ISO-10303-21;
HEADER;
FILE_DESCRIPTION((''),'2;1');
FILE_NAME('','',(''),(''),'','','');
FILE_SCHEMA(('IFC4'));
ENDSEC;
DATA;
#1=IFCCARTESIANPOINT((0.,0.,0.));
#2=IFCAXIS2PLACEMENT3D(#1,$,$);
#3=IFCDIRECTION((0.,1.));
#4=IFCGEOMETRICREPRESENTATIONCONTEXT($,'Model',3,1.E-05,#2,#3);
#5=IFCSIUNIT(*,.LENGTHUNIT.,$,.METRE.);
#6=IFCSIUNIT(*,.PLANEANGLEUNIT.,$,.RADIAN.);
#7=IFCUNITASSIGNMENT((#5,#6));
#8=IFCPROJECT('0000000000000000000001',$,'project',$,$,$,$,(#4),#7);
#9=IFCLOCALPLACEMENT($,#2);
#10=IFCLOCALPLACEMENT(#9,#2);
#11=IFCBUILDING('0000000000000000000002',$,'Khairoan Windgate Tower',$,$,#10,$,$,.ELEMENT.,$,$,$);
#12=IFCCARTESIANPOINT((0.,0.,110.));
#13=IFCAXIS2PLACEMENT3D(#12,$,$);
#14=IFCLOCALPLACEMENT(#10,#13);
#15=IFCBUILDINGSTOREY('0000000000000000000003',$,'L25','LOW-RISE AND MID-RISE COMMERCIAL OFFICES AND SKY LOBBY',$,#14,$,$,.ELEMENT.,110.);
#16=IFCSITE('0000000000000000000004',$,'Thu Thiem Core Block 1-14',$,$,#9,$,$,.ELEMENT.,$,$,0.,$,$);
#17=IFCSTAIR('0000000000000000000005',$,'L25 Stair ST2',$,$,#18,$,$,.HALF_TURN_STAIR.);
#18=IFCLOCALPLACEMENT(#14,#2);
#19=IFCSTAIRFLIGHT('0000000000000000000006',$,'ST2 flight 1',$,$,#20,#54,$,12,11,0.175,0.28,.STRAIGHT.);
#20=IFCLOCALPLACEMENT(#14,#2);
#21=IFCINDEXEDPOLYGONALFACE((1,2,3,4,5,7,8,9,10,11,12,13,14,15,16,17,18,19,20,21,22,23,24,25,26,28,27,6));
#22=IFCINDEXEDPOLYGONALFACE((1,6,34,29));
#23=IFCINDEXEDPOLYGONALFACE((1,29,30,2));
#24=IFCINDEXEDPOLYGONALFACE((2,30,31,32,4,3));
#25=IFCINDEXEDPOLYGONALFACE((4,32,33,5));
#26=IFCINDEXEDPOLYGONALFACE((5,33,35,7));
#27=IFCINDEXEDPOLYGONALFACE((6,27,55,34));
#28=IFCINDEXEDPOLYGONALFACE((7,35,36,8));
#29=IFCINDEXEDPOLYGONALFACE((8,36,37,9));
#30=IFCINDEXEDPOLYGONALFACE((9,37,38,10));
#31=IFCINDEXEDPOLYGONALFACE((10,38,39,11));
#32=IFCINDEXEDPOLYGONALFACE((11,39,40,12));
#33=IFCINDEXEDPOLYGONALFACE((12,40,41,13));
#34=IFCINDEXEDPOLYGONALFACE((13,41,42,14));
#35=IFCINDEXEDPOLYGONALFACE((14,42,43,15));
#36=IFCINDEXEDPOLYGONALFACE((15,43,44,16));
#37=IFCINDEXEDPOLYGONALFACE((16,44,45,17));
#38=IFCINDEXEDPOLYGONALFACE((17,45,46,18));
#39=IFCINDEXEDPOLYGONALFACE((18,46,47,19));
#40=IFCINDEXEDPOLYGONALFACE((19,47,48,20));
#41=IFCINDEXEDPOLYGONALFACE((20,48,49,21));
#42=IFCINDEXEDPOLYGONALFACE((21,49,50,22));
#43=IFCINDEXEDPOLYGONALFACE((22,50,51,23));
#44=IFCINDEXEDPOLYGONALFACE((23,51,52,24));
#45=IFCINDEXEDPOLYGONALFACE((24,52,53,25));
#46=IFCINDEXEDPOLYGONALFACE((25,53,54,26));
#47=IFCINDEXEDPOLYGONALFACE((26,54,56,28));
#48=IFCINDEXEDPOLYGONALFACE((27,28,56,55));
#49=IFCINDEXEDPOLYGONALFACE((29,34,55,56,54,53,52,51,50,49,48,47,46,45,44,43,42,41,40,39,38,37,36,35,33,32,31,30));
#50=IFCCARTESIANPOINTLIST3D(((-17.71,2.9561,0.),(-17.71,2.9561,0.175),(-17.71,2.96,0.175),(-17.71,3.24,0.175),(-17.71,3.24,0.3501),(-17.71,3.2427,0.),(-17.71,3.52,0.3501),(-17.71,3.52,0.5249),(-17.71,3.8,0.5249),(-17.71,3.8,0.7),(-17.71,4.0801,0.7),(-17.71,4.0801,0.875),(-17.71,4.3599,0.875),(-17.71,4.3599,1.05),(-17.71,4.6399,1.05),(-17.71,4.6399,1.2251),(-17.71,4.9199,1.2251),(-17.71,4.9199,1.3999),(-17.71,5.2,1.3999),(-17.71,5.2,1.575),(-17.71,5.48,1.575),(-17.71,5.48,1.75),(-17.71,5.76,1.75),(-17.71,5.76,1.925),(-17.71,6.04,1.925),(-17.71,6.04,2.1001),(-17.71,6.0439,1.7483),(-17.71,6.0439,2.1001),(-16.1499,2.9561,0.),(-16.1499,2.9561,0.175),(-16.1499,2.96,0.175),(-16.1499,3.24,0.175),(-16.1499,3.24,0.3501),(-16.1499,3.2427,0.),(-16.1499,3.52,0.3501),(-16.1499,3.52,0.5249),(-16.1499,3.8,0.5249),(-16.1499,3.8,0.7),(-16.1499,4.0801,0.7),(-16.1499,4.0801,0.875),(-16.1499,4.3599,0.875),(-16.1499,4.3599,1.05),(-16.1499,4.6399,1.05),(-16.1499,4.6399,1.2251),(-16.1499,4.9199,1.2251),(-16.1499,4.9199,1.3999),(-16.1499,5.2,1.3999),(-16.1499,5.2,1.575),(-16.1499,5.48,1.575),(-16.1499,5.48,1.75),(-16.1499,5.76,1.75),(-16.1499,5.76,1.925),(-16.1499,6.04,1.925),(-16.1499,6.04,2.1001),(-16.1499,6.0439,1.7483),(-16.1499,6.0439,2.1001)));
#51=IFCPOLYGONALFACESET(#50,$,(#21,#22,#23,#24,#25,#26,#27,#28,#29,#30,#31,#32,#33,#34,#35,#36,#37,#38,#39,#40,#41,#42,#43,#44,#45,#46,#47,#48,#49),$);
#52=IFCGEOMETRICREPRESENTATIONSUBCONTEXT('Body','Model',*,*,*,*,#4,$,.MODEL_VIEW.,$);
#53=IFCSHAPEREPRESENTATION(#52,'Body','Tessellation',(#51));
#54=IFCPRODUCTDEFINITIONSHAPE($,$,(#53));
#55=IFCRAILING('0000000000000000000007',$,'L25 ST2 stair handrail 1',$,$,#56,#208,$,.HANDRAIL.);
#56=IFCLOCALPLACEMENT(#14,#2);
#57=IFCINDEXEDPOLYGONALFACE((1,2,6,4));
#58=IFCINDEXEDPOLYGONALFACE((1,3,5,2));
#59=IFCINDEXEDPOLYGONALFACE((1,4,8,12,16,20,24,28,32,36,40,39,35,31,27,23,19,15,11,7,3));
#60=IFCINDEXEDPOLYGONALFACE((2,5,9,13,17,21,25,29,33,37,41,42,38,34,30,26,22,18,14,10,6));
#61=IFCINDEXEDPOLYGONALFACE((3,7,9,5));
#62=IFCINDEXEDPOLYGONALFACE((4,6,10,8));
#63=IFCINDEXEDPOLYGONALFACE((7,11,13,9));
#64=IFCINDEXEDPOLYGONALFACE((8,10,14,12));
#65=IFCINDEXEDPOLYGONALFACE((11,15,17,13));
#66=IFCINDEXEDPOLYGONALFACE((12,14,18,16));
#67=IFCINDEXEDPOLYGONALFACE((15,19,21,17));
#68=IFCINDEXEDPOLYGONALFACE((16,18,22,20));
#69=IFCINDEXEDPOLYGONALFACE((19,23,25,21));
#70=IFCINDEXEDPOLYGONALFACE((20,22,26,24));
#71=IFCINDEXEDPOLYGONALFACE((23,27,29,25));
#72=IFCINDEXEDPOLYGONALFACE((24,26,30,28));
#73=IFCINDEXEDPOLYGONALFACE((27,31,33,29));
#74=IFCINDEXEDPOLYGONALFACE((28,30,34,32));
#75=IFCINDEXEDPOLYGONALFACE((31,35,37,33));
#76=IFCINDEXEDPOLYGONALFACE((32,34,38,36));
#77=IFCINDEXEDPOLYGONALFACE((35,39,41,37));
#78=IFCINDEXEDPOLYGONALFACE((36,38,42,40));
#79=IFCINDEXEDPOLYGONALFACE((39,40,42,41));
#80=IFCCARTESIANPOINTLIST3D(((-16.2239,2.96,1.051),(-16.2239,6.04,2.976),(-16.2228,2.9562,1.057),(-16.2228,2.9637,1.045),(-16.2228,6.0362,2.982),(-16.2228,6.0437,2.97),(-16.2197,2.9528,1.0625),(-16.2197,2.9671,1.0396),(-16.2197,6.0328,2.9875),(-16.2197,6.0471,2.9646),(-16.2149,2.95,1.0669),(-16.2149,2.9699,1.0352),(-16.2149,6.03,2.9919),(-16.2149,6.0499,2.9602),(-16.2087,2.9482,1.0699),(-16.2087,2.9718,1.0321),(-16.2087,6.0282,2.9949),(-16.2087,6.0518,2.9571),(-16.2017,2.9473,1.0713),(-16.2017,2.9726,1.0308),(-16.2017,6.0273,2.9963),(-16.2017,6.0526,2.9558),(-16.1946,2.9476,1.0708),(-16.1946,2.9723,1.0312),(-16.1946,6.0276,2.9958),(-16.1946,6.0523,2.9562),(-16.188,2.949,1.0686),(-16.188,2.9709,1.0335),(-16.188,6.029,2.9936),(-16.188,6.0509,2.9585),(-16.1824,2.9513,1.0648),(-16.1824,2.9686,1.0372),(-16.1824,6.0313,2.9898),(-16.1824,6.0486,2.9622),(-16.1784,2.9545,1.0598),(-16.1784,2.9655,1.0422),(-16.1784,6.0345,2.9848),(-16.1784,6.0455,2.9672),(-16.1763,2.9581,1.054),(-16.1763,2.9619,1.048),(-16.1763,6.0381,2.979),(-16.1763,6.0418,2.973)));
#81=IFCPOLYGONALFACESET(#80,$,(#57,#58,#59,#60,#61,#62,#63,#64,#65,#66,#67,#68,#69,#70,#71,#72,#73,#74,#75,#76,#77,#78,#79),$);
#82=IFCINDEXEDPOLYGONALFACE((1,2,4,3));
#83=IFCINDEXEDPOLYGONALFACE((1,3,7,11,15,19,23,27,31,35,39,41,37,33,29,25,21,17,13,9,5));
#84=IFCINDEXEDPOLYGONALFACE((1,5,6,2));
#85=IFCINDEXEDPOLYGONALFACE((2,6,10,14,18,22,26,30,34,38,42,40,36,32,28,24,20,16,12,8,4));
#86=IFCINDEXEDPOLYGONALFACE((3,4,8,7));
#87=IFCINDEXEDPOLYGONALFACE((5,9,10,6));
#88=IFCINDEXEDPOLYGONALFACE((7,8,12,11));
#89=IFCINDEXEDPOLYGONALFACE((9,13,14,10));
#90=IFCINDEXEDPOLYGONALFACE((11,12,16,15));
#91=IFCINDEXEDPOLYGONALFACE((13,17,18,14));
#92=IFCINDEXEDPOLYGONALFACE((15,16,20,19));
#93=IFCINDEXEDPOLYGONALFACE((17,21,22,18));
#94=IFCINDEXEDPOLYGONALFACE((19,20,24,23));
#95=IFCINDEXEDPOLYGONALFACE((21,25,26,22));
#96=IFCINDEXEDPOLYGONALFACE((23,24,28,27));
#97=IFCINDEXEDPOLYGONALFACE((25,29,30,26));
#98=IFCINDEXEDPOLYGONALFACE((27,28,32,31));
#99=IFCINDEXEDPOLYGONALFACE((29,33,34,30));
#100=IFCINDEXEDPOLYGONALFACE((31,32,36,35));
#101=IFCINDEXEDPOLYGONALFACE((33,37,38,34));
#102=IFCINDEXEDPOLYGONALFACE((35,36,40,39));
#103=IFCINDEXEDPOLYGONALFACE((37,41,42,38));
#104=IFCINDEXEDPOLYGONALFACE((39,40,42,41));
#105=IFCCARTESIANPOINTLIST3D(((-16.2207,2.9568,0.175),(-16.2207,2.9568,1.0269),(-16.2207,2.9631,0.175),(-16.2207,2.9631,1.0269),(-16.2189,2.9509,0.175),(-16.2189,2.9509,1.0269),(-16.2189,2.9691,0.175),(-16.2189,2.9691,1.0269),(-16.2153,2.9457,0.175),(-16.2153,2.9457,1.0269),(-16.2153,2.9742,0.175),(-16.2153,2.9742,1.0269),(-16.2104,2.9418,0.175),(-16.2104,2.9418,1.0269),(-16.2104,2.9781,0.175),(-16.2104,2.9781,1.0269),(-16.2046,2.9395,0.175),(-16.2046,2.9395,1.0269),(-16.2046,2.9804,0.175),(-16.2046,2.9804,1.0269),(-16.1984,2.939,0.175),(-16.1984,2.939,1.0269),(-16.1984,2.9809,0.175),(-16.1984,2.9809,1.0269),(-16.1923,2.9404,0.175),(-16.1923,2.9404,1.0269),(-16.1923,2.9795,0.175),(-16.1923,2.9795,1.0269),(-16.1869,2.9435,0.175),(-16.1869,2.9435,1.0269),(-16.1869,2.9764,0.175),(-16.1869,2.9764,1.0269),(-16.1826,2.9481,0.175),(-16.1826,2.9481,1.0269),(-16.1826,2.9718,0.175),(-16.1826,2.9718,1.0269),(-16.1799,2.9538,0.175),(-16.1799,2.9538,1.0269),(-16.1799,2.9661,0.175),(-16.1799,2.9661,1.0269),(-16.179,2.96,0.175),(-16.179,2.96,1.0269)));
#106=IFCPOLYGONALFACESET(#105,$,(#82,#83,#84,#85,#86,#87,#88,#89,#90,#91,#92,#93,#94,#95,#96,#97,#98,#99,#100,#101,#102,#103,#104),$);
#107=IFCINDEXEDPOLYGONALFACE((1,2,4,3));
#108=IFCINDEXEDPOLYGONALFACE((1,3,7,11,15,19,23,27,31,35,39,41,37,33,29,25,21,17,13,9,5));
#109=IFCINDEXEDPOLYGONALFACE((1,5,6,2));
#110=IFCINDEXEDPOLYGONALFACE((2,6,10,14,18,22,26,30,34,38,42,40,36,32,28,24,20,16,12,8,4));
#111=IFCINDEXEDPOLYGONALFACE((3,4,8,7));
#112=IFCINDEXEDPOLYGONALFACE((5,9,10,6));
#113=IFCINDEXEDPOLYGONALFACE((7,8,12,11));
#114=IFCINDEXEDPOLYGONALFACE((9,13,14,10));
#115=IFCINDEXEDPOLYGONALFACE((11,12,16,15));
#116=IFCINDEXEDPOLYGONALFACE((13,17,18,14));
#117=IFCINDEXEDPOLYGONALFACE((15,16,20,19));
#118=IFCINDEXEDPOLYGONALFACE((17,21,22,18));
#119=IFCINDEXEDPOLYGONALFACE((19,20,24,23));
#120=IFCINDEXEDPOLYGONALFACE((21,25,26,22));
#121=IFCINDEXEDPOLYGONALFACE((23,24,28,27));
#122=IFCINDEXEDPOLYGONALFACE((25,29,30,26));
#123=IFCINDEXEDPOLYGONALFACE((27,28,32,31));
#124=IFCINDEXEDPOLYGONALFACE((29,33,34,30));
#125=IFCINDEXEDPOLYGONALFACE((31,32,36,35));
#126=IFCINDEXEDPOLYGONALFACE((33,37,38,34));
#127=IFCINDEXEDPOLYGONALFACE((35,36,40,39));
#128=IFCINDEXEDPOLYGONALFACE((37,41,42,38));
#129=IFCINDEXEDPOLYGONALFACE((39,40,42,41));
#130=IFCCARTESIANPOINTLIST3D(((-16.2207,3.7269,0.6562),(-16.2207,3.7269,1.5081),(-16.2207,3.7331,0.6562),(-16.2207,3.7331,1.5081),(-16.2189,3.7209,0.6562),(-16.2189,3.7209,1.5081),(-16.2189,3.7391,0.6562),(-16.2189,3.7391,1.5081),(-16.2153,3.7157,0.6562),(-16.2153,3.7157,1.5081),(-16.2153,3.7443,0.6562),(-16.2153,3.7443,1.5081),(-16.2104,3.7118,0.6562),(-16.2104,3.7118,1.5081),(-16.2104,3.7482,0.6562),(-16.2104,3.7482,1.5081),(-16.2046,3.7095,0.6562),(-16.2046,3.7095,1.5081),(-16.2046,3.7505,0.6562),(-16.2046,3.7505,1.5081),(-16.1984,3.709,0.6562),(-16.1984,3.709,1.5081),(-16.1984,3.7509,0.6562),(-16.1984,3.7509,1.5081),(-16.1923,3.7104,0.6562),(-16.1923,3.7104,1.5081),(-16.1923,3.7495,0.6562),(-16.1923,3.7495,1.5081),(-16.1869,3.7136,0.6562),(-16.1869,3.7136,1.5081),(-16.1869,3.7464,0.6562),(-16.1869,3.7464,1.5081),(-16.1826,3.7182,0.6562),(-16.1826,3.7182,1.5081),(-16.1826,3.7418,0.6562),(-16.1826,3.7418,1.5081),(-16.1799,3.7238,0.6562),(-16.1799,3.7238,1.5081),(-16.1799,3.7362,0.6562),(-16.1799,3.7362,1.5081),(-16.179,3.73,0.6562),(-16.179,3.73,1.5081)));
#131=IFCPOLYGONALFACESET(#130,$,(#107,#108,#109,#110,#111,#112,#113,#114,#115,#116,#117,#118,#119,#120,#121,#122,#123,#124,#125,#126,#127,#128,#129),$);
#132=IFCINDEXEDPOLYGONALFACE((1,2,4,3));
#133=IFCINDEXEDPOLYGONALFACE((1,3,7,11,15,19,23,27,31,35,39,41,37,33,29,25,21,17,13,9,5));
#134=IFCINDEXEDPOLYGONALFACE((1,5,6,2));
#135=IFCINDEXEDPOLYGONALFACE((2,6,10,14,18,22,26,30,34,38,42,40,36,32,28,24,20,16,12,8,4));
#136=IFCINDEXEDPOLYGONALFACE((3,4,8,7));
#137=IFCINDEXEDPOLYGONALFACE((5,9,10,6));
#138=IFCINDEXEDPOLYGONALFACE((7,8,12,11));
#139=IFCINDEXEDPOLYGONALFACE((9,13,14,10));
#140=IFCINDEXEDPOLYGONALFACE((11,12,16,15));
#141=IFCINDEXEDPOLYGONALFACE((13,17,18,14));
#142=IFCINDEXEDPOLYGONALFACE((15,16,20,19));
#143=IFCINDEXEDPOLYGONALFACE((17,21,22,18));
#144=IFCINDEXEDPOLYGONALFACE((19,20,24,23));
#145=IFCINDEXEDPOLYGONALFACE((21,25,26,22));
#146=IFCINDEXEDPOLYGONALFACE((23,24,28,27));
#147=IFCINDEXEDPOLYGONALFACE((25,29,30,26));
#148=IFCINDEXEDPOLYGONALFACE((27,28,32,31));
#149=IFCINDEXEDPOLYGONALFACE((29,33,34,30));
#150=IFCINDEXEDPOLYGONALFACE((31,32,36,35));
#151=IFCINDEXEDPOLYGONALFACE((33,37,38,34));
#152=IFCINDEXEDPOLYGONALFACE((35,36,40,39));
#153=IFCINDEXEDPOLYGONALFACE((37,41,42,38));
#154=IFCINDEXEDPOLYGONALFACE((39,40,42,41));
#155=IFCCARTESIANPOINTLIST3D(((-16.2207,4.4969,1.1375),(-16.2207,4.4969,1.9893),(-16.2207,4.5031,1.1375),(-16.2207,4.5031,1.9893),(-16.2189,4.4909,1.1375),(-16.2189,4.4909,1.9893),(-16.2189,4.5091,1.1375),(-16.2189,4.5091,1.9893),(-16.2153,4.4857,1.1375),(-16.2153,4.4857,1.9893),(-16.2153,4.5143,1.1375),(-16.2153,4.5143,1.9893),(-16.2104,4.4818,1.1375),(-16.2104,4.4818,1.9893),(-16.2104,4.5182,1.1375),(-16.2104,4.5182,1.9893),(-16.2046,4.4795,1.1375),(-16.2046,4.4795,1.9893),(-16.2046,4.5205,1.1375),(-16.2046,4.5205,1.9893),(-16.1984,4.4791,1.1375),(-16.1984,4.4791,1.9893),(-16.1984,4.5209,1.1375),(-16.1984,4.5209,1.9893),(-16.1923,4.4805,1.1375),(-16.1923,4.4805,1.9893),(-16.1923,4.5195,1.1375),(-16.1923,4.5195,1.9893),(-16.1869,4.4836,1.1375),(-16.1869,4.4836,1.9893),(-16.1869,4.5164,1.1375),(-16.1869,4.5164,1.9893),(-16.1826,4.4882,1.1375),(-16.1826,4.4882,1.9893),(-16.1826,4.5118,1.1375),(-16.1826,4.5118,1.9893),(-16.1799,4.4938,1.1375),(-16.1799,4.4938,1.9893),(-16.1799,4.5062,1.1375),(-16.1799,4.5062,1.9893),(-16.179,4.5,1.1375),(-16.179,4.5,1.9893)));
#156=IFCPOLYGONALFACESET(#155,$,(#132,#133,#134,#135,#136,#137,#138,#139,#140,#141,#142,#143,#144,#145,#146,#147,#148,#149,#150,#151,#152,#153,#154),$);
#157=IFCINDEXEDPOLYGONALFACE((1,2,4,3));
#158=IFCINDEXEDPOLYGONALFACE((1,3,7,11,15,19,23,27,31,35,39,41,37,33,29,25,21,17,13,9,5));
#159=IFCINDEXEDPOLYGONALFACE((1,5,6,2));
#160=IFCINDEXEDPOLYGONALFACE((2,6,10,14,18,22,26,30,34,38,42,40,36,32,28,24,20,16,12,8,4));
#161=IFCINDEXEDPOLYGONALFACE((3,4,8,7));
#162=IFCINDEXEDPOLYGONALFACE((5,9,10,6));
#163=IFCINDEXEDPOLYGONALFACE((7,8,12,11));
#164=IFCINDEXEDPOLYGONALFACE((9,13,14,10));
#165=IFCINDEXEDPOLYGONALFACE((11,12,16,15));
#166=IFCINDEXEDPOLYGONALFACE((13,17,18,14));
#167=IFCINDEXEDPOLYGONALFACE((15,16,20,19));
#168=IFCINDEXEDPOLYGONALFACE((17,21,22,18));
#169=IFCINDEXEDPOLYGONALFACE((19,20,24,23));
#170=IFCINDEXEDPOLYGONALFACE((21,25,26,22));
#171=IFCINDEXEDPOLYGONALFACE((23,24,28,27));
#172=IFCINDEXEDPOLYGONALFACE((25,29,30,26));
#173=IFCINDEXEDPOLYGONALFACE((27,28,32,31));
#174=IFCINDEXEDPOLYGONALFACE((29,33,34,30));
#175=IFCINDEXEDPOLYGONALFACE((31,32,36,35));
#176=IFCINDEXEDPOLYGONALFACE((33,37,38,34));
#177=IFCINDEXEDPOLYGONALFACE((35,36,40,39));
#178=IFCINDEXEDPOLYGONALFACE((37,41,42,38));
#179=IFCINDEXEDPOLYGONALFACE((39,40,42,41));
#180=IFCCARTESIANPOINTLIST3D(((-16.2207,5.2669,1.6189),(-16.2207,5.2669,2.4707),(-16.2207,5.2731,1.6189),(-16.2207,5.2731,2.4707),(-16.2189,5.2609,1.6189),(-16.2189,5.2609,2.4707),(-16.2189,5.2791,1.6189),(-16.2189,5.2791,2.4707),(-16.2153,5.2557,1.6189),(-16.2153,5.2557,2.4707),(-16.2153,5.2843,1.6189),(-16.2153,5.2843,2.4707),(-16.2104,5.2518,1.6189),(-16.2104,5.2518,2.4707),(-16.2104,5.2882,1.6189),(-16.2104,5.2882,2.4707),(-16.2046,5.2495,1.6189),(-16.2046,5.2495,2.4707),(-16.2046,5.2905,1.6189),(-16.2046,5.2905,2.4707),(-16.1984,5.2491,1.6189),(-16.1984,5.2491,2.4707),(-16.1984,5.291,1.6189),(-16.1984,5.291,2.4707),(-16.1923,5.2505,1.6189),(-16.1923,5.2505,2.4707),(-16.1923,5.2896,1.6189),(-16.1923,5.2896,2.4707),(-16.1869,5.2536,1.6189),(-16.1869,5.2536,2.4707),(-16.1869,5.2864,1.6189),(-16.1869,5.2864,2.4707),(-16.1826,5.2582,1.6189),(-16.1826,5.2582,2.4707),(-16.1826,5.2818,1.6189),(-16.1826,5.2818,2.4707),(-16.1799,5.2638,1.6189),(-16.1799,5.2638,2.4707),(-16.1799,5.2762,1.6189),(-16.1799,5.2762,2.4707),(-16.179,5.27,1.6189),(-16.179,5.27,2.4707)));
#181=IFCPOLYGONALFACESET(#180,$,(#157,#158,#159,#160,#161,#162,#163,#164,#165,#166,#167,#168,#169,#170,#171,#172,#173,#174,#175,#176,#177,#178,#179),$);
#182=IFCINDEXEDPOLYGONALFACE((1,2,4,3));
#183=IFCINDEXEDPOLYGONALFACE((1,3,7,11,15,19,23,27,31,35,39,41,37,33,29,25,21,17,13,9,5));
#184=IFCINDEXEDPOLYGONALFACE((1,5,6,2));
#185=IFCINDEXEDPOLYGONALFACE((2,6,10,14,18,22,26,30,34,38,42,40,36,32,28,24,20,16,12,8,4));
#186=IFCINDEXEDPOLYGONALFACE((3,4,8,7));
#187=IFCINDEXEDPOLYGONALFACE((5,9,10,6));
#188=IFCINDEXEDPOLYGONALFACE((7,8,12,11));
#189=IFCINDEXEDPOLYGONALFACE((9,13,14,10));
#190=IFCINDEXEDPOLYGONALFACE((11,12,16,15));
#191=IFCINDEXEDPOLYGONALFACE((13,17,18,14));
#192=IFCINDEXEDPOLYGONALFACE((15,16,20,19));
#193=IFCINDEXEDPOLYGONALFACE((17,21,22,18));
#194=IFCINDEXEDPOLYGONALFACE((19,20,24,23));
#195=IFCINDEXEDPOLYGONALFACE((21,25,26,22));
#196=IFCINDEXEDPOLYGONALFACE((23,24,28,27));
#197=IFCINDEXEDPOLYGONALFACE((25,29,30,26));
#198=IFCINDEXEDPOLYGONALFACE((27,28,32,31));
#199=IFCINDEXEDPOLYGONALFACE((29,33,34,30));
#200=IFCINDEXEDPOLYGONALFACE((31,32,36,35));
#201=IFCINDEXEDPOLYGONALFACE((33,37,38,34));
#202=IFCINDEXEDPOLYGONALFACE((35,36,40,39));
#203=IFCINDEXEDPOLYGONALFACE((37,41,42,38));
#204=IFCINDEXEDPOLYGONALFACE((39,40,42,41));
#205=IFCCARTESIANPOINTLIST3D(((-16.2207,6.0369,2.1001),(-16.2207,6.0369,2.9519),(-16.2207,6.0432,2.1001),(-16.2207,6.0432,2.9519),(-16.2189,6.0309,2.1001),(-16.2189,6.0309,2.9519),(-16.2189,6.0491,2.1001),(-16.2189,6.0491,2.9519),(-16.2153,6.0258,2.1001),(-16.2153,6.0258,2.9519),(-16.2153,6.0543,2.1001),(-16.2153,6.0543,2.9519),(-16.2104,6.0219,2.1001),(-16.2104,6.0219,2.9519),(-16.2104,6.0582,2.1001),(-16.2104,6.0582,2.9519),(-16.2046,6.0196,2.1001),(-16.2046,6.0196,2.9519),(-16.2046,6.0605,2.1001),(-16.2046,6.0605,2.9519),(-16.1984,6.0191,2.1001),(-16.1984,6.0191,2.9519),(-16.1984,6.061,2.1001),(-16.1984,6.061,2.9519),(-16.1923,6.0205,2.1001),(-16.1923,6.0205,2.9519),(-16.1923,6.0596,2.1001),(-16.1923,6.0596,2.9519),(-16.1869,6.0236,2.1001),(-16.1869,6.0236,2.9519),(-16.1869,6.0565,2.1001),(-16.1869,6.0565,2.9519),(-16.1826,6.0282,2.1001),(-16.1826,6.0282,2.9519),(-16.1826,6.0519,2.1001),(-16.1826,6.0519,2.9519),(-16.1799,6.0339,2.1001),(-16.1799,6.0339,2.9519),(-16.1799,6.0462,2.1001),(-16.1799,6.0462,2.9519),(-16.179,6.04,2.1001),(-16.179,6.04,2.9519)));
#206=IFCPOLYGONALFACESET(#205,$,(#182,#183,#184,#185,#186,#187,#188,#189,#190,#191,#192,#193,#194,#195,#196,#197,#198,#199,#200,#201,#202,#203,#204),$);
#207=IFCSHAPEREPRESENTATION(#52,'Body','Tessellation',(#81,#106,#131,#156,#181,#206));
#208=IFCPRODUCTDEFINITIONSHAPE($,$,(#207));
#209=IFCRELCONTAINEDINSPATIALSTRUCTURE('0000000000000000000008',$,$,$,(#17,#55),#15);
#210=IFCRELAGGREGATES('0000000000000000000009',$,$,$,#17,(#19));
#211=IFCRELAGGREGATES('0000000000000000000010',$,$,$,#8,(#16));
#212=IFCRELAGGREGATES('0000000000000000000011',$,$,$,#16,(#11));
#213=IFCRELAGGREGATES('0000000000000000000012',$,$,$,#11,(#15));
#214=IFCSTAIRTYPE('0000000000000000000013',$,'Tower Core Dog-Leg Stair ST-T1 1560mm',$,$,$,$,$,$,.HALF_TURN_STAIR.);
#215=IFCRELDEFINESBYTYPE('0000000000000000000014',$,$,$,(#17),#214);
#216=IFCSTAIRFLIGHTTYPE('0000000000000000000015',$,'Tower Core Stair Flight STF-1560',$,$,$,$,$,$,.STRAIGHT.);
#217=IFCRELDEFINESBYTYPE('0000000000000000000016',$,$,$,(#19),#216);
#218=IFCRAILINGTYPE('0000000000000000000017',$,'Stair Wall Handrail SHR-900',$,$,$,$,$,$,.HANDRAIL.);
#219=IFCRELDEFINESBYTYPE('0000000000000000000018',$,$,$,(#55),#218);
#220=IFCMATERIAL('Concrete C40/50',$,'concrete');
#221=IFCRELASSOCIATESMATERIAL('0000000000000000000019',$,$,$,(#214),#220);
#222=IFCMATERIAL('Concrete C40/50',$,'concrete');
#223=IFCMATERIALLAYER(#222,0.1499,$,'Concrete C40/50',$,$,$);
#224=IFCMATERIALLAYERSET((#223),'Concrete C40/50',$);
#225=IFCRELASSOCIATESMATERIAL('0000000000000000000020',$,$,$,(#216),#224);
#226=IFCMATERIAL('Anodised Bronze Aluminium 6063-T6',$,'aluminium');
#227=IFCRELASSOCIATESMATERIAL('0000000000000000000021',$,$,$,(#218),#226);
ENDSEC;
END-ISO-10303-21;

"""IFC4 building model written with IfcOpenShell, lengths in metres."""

from ifc_helpers import new_model, si_unit, direction, frame, origin, origin_2d, place, context, subcontext, project, spatial, polyline, circle, outline, extrude, material, layer, layer_set, type_object, element, aggregate, save


model = new_model("IFC4")

# Units and contexts
model_context = context("Model", 3, precision=1e-05, world=origin(), true_north=direction((0.0, 1.0)))
body_context = subcontext(model_context, "Body", "Model", "MODEL_VIEW")
ifc_project = project(units=[si_unit("LENGTHUNIT", "METRE"), si_unit("PLANEANGLEUNIT", "RADIAN")], contexts=[model_context])

# Site, building, storey
site_placement = place(None, origin())
site = spatial("IfcSite", under=ifc_project, at=site_placement, Name="Thu Thiem Core Block 1-14", CompositionType="ELEMENT", RefElevation=0.0)
building_placement = place(site_placement, origin())
building = spatial("IfcBuilding", under=site, at=building_placement, Name="Khairoan Windgate Tower", CompositionType="ELEMENT")
storey_placement = place(building_placement, frame((0.0, 0.0, 110.0)))
storey = spatial("IfcBuildingStorey", under=building, at=storey_placement, Name="L25", Description="LOW-RISE AND MID-RISE COMMERCIAL OFFICES AND SKY LOBBY", CompositionType="ELEMENT", Elevation=110.0)

# Stair, stair flight
ifc_material_1 = material(Name="Concrete C40/50", Category="concrete")
stair_type = type_object("IfcStairType", Name="Tower Core Dog-Leg Stair ST-T1 1560mm", PredefinedType="HALF_TURN_STAIR", material=ifc_material_1)
stair_placement = place(storey_placement, origin())
stair = element("IfcStair", 1, at=stair_placement, inside=storey, type_object=stair_type, Name="L25 Stair ST2", PredefinedType="HALF_TURN_STAIR")
ifc_material_2 = material(Name="Concrete C40/50", Category="concrete")
ifc_layer_1 = layer(ifc_material_2, 0.1499, Name="Concrete C40/50")
ifc_layer_set_1 = layer_set([ifc_layer_1], Name="Concrete C40/50")
stair_flight_type = type_object("IfcStairFlightType", Name="Tower Core Stair Flight STF-1560", PredefinedType="STRAIGHT", material=ifc_layer_set_1)
stair_flight_placement = place(storey_placement, frame((-16.9299, 2.96, 0.0), z_axis=(0.0, 0.0, 1.0), x_axis=(0.0, 1.0, 0.0)))
stair_flight = element("IfcStairFlight", 2, at=stair_flight_placement, type_object=stair_flight_type, Name="ST2 flight 1", NumberOfRisers=12, NumberOfTreads=11, PredefinedType="STRAIGHT", RiserHeight=0.175, TreadLength=0.28, context=body_context, shape_type="SweptSolid", body=[
    extrude(outline(polyline([(-0.0039, 0.0), (-0.0039, 0.175), (0.0, 0.175), (0.28, 0.175), (0.28, 0.3501), (0.5601, 0.3501), (0.5601, 0.5249), (0.8401, 0.5249), (0.8401, 0.7), (1.1201, 0.7), (1.1201, 0.875), (1.3999, 0.875), (1.3999, 1.05), (1.6799, 1.05), (1.6799, 1.2251), (1.96, 1.2251), (1.96, 1.3999), (2.24, 1.3999), (2.24, 1.575), (2.52, 1.575), (2.52, 1.75), (2.8, 1.75), (2.8, 1.925), (3.0801, 1.925), (3.0801, 2.1001), (3.084, 2.1001), (3.084, 1.7483), (0.2827, 0.0), (-0.0039, 0.0)])), frame((0.0, 0.78, 0.0), z_axis=(0.0, -1.0, 0.0), x_axis=(1.0, 0.0, 0.0)), (0.0, 0.0, 1.0), 1.5601),
])
aggregate(stair, [stair_flight])

# Railing
ifc_material_3 = material(Name="Anodised Bronze Aluminium 6063-T6", Category="aluminium")
railing_type_1 = type_object("IfcRailingType", Name="Stair Wall Handrail SHR-900", PredefinedType="HANDRAIL", material=ifc_material_3)
railing_1_placement = place(storey_placement, frame((-16.2, 2.96, 0.175)))
element("IfcRailing", 3, at=railing_1_placement, inside=storey, type_object=railing_type_1, Name="L25 ST2 stair handrail 1", PredefinedType="HANDRAIL", context=body_context, shape_type="SweptSolid", body=[
    extrude(circle(Radius=0.0239, at=origin_2d()), frame((0.0, 0.0, 0.876), z_axis=(0.0, 0.847998, 0.529999), x_axis=(-1.0, 0.0, 0.0)), (0.0, 0.0, 1.0), 3.6321),
    extrude(circle(Radius=0.021, at=origin_2d()), origin(), (0.0, 0.0, 1.0), 0.8518),
    extrude(circle(Radius=0.021, at=origin_2d()), frame((0.0, 0.77, 0.4812)), (0.0, 0.0, 1.0), 0.8518),
    extrude(circle(Radius=0.021, at=origin_2d()), frame((0.0, 1.54, 0.9624)), (0.0, 0.0, 1.0), 0.8518),
    extrude(circle(Radius=0.021, at=origin_2d()), frame((0.0, 2.3101, 1.4438)), (0.0, 0.0, 1.0), 0.8518),
    extrude(circle(Radius=0.021, at=origin_2d()), frame((0.0, 3.0801, 1.925)), (0.0, 0.0, 1.0), 0.8518),
])

save(model, "model.ifc")
